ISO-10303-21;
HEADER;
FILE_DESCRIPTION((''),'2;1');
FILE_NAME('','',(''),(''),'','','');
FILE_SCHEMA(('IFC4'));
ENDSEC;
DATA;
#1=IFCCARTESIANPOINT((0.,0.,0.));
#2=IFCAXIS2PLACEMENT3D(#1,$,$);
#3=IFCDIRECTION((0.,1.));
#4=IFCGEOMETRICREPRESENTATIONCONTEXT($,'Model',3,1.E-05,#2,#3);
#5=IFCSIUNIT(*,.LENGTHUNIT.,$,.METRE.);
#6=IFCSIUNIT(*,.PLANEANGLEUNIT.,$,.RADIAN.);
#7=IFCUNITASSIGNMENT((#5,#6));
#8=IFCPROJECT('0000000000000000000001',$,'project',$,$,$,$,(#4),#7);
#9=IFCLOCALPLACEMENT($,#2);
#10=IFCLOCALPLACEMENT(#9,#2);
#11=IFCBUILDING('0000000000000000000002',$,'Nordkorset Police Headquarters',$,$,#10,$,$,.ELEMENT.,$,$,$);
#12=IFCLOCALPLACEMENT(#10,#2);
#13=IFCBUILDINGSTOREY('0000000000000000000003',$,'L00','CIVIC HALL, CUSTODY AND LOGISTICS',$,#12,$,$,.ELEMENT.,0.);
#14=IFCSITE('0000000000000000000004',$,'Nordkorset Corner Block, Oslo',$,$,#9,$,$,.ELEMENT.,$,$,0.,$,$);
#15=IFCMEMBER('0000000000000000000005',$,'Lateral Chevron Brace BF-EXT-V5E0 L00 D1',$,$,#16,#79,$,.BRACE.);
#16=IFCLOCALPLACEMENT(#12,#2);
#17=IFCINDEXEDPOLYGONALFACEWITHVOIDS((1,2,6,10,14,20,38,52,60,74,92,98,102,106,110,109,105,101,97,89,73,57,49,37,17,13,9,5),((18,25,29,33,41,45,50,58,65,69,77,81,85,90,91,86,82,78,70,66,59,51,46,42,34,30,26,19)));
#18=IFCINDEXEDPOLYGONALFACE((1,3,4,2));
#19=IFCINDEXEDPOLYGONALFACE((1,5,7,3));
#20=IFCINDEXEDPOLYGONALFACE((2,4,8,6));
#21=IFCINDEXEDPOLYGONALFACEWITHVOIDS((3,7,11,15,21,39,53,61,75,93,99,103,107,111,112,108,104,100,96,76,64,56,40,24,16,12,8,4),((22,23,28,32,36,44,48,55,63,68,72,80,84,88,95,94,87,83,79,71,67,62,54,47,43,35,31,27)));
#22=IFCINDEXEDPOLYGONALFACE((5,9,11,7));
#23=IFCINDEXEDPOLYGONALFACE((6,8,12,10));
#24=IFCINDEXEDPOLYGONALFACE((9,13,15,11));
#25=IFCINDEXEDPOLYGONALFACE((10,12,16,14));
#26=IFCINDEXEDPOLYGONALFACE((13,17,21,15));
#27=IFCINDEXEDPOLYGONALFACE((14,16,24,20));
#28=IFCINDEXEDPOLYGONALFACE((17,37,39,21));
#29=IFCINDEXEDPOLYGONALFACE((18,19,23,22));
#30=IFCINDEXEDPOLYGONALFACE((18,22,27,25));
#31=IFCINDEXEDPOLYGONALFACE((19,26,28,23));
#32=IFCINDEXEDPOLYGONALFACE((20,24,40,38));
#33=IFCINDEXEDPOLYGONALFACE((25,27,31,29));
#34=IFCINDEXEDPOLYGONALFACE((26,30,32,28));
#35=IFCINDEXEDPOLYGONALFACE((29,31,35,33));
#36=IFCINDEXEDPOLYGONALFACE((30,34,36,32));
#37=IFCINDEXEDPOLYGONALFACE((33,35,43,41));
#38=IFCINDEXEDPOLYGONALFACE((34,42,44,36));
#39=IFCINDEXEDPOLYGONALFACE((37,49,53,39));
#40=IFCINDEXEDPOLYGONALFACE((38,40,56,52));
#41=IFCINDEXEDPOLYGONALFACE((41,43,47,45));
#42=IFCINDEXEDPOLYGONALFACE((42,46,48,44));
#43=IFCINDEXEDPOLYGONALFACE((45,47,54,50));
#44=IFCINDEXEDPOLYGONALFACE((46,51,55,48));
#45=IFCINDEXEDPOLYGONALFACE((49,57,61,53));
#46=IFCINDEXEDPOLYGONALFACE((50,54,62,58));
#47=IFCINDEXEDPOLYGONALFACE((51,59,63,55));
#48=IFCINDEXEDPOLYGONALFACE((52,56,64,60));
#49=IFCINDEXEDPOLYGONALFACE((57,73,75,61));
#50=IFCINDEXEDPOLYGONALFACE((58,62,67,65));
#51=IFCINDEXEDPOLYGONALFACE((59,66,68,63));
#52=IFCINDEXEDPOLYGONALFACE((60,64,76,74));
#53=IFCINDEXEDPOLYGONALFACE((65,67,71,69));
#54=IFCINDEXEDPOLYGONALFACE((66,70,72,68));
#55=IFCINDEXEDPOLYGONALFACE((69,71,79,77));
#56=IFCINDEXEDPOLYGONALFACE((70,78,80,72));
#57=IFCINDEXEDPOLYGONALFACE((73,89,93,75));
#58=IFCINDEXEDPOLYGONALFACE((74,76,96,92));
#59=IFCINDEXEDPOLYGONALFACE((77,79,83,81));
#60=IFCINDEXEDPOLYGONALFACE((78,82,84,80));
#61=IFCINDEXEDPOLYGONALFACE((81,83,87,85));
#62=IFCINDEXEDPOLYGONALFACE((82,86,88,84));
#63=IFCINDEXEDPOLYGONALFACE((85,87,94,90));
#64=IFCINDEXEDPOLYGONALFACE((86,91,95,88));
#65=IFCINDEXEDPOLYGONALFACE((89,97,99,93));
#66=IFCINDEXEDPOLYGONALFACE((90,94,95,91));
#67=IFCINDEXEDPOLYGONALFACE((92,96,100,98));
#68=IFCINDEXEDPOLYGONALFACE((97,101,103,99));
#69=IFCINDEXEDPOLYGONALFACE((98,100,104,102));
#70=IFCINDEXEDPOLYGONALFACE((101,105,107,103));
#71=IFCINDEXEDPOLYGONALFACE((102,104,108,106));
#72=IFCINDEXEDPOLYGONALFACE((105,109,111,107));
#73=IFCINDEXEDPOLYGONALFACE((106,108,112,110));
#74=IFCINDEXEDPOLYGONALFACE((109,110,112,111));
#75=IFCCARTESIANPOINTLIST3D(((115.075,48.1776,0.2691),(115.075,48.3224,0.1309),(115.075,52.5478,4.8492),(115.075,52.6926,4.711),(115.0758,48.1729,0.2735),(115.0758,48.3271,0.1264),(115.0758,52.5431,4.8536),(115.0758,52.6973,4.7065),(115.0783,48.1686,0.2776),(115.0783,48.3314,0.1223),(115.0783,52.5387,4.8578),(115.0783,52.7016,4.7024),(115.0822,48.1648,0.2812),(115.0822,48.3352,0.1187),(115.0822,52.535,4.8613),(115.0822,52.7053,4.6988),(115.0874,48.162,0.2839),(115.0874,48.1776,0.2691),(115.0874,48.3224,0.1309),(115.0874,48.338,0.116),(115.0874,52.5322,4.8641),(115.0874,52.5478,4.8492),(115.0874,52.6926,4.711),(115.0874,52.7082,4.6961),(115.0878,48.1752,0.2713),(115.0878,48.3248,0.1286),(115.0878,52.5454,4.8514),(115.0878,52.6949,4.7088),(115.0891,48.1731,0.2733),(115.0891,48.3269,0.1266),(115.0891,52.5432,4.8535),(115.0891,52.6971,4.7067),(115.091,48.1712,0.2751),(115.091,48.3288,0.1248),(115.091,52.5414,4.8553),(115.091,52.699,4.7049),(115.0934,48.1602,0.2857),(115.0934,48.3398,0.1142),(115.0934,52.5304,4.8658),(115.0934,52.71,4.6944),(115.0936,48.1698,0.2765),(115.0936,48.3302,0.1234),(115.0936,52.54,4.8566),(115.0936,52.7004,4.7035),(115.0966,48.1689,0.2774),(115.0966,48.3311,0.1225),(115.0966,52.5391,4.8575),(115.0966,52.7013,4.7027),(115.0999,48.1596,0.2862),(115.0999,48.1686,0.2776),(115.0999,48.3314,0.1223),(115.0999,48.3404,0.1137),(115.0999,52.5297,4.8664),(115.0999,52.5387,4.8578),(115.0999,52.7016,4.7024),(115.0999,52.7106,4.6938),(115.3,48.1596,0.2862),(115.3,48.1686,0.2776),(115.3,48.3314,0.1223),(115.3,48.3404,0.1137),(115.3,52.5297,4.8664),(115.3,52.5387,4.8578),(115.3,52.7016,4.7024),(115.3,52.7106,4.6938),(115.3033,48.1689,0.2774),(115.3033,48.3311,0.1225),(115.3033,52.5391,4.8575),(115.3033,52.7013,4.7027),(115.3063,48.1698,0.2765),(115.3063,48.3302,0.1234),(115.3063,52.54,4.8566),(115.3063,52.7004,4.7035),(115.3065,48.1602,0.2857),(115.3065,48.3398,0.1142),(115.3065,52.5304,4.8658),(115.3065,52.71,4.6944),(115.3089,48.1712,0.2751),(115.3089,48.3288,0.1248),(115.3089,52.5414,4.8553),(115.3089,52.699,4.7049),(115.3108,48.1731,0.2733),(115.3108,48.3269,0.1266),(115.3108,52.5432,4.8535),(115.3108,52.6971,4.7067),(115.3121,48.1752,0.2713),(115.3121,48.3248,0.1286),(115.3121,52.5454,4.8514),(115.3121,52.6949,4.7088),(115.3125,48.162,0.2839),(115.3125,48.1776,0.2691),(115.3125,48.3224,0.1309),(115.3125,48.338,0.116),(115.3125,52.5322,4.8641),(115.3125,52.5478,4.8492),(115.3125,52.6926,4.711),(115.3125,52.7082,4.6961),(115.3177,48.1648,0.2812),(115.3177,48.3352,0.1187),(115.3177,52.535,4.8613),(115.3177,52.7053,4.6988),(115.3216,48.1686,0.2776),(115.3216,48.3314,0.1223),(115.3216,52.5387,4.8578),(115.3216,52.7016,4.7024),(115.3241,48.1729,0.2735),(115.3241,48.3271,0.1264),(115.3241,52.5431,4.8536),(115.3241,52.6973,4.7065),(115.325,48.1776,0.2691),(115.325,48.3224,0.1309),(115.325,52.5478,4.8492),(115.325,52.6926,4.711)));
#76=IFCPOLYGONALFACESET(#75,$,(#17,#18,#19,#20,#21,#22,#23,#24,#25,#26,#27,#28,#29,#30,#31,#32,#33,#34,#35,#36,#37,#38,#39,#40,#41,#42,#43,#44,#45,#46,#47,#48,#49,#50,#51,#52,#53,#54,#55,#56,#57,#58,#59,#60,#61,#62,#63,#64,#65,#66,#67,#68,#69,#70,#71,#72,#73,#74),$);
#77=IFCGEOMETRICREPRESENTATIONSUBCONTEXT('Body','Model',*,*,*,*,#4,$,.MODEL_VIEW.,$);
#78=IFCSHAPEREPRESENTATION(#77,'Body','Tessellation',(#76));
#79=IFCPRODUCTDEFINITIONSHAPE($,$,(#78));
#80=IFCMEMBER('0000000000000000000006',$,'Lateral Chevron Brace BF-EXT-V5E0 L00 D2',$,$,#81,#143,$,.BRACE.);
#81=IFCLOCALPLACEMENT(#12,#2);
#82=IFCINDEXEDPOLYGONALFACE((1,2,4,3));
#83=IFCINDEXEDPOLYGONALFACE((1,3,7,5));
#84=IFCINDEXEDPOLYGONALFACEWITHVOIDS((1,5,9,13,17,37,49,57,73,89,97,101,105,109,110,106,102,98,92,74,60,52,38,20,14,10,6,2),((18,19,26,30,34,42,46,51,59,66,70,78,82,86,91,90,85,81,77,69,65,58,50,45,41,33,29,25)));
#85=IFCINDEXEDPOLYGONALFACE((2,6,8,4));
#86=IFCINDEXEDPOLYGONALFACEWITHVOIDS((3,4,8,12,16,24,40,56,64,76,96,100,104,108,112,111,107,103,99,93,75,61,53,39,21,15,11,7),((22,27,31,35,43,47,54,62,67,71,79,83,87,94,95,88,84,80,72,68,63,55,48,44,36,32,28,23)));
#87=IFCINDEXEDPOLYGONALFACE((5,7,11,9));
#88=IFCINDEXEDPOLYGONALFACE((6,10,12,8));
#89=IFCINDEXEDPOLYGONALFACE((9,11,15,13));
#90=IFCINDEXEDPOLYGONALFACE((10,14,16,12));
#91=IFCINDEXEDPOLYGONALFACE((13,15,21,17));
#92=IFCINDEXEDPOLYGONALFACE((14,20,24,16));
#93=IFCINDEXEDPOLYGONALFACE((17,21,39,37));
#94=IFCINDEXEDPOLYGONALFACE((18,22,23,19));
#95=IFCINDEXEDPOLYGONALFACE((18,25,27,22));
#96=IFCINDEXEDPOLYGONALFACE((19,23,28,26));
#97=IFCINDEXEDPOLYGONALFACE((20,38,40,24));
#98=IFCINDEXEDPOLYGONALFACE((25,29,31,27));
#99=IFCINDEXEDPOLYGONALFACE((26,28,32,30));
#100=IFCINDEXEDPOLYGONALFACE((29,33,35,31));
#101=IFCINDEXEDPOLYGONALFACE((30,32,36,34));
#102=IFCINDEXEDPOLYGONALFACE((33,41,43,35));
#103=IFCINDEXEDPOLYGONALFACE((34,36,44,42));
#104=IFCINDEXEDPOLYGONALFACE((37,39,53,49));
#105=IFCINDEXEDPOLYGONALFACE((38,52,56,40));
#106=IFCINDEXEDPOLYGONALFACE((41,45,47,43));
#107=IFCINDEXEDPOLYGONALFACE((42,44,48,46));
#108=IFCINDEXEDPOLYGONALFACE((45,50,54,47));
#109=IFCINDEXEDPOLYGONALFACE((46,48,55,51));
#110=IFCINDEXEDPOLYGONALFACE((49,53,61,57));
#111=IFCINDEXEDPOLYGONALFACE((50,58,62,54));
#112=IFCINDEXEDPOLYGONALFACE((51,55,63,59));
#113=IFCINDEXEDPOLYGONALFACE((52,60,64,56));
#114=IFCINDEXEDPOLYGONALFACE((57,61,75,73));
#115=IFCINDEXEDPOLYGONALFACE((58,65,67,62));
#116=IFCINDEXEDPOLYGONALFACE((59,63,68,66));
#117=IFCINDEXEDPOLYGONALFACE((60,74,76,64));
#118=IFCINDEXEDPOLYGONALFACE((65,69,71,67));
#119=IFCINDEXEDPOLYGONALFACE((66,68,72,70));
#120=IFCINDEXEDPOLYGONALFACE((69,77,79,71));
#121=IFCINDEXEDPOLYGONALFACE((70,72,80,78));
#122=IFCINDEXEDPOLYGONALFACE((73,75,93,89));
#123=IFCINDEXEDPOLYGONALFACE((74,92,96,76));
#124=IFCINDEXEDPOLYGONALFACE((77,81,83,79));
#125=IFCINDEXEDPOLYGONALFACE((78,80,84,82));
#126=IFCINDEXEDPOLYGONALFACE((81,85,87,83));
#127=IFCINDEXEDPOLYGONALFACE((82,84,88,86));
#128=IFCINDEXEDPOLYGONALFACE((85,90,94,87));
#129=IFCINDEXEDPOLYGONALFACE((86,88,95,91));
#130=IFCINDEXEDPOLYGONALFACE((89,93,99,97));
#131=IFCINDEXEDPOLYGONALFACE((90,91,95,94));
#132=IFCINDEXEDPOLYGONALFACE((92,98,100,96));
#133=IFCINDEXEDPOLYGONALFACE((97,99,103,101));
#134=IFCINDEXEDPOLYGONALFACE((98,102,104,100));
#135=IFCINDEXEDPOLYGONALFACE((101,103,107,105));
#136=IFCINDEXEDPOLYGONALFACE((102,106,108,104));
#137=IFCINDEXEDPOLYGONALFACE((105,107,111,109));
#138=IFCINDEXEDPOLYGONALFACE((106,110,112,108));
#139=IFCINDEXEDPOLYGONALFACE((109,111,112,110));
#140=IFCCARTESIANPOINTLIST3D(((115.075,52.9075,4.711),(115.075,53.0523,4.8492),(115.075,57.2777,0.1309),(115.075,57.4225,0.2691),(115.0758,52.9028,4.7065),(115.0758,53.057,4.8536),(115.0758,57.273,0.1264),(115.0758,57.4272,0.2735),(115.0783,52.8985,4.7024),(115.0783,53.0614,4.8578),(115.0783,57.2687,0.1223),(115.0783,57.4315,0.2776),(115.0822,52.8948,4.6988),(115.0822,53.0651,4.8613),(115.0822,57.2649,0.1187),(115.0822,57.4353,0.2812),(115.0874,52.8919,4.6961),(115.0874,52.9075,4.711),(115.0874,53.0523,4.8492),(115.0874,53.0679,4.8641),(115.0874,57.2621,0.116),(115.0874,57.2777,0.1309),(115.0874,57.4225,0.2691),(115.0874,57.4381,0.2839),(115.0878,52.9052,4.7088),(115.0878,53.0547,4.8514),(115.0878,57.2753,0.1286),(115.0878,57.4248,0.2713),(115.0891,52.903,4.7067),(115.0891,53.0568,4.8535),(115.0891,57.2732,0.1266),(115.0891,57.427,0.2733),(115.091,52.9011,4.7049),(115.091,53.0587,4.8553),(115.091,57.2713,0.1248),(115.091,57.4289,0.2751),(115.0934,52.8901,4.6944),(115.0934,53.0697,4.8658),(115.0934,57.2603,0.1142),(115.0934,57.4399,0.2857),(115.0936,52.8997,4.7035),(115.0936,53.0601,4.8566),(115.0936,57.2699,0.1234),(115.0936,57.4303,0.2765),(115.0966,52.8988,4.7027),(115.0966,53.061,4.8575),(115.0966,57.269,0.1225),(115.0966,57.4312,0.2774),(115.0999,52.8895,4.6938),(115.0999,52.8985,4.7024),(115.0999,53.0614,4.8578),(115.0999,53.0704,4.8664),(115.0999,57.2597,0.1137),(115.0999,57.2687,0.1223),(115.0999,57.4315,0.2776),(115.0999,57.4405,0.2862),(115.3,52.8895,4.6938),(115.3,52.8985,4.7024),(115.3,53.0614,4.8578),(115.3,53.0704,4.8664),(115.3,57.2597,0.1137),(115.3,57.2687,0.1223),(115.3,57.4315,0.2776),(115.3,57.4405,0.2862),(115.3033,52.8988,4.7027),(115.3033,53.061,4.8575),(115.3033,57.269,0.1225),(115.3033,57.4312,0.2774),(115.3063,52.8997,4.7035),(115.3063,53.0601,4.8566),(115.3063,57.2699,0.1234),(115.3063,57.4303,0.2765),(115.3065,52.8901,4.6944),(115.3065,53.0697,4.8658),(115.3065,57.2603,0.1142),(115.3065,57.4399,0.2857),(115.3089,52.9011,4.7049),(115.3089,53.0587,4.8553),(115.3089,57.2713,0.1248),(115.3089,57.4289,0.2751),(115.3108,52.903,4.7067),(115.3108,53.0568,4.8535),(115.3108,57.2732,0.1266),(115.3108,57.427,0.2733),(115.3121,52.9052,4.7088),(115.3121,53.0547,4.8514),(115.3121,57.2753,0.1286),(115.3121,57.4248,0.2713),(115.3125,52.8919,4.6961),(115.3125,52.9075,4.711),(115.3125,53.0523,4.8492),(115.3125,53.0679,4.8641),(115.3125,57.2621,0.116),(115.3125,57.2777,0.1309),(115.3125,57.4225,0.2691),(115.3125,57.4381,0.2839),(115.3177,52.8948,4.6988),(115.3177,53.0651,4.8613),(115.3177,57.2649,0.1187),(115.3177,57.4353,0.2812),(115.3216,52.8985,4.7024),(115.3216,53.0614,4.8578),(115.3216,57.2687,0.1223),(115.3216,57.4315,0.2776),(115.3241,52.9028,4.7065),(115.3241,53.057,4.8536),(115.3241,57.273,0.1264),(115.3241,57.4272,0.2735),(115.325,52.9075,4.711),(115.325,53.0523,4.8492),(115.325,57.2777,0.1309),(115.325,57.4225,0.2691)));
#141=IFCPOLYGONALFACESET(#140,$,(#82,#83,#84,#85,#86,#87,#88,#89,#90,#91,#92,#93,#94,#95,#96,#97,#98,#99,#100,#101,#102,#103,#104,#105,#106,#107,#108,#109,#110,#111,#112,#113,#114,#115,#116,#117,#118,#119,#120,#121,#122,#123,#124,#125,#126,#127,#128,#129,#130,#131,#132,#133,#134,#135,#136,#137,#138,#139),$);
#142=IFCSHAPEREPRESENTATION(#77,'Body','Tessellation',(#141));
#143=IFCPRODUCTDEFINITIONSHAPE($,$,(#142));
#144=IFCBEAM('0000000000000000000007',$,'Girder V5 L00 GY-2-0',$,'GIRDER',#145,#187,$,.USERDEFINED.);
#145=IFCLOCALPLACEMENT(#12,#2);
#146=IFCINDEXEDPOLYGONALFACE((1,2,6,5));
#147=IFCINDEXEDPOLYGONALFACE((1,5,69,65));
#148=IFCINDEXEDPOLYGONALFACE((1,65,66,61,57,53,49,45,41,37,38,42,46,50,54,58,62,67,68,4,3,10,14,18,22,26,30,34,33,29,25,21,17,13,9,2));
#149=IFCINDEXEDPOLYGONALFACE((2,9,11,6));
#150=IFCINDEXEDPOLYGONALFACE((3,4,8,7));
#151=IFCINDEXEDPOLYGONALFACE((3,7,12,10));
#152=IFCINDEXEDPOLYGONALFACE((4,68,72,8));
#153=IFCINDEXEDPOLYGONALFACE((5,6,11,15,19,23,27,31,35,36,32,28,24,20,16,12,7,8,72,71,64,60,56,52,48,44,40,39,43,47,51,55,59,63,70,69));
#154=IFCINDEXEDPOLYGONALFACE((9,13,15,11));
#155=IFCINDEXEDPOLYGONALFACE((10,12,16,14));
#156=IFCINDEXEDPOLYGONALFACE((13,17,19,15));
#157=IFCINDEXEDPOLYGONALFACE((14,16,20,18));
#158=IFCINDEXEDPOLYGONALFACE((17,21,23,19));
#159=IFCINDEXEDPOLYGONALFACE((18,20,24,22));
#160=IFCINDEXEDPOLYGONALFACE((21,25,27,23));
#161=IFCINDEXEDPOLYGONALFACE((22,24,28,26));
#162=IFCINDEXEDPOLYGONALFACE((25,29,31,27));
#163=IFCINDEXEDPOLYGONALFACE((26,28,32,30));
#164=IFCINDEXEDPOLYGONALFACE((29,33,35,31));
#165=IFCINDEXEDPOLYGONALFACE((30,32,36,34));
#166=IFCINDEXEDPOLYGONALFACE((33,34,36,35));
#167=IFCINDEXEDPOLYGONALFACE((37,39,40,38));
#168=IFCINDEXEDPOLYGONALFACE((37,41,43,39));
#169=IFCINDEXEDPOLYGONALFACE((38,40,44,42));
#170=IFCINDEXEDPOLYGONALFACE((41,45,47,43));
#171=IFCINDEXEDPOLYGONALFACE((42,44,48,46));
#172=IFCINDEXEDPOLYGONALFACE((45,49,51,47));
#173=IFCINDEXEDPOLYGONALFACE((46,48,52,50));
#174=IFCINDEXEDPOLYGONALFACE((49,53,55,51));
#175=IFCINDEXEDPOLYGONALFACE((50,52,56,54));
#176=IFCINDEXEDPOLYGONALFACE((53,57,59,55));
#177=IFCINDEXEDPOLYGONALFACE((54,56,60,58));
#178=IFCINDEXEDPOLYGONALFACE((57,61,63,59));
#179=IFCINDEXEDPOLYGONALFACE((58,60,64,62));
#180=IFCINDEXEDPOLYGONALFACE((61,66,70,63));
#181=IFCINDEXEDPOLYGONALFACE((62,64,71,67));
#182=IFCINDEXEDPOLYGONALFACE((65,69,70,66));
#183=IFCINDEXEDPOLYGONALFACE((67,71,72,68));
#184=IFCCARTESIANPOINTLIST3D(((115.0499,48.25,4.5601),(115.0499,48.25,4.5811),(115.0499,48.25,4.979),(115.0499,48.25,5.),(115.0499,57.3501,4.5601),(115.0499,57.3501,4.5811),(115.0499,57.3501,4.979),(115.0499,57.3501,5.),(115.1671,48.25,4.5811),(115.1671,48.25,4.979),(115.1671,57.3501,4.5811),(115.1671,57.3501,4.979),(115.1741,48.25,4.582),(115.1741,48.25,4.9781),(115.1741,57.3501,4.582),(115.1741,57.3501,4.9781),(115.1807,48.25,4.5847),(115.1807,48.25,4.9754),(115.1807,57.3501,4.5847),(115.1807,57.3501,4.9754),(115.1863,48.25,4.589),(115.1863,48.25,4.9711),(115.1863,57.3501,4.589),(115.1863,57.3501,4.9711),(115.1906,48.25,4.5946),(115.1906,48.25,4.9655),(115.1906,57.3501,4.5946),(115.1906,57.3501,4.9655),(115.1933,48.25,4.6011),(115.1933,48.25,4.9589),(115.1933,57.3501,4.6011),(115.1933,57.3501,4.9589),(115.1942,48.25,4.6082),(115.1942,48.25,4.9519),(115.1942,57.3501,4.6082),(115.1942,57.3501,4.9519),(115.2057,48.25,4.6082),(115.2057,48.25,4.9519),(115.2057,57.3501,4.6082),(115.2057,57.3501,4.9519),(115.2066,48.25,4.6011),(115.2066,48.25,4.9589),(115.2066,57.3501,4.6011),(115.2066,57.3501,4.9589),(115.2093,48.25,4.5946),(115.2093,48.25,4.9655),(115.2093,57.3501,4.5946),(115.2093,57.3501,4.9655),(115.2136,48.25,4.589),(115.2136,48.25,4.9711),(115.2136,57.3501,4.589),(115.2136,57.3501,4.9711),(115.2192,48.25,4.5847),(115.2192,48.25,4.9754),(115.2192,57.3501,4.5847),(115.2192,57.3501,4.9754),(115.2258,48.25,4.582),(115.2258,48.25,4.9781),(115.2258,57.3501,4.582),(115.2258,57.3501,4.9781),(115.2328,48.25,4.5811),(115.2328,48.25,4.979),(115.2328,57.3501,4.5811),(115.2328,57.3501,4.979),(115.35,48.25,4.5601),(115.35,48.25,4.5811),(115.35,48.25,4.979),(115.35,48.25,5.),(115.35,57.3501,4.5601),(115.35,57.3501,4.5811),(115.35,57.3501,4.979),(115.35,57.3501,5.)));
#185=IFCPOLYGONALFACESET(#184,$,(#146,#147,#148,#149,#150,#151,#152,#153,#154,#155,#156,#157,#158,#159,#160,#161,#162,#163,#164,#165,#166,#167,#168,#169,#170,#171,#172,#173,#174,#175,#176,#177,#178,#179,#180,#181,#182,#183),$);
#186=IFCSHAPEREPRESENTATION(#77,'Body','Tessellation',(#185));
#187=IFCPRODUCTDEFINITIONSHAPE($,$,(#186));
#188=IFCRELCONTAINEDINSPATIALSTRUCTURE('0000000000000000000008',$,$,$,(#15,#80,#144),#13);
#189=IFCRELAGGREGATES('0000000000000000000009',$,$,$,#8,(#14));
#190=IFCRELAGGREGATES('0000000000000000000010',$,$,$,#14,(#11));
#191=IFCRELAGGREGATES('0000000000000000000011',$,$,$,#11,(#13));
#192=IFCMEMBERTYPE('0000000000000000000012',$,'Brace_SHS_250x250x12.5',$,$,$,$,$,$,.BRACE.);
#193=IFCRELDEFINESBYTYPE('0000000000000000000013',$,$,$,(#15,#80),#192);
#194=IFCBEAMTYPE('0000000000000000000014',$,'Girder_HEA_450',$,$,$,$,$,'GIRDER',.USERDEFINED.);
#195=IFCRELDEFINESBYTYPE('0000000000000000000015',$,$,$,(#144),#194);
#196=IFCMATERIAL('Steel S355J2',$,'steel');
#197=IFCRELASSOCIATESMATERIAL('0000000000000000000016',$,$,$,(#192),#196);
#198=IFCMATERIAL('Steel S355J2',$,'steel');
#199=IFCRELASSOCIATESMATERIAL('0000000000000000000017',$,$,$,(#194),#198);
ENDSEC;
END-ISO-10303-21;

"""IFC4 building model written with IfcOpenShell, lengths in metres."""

from ifc_helpers import new_model, si_unit, direction, frame, origin, origin_2d, place, context, subcontext, project, spatial, hollow_rectangle, i_section, extrude, material, material_profile, profile_set, type_object, element, save


model = new_model("IFC4")

# Units and contexts
model_context = context("Model", 3, precision=1e-05, world=origin(), true_north=direction((0.0, 1.0)))
body_context = subcontext(model_context, "Body", "Model", "MODEL_VIEW")
ifc_project = project(units=[si_unit("LENGTHUNIT", "METRE"), si_unit("PLANEANGLEUNIT", "RADIAN")], contexts=[model_context])

# Site, building, storey
site_placement = place(None, origin())
site = spatial("IfcSite", under=ifc_project, at=site_placement, Name="Nordkorset Corner Block, Oslo", CompositionType="ELEMENT", RefElevation=0.0)
building_placement = place(site_placement, origin())
building = spatial("IfcBuilding", under=site, at=building_placement, Name="Nordkorset Police Headquarters", CompositionType="ELEMENT")
storey_placement = place(building_placement, origin())
storey = spatial("IfcBuildingStorey", under=building, at=storey_placement, Name="L00", Description="CIVIC HALL, CUSTODY AND LOGISTICS", CompositionType="ELEMENT", Elevation=0.0)

# Members
ifc_material_1 = material(Name="Steel S355J2", Category="steel")
ifc_material_profile_1 = material_profile(ifc_material_1, hollow_rectangle(XDim=0.25, YDim=0.25, WallThickness=0.0125, InnerFilletRadius=0.0125, OuterFilletRadius=0.0249, at=origin_2d()), Name="SHS 250x250x12.5")
ifc_profile_set_1 = profile_set([ifc_material_profile_1], Name="Steel S355J2")
member_type = type_object("IfcMemberType", Name="Brace_SHS_250x250x12.5", PredefinedType="BRACE", material=ifc_profile_set_1)
for number, where, z_axis, x_axis, name in (
    (1, (115.2, 48.25, 0.2), (0.0, 0.690329, 0.723496), (-1.0, 0.0, 0.0), "Lateral Chevron Brace BF-EXT-V5E0 L00 D1"),
    (2, (115.2, 57.3501, 0.2), (0.0, -0.690329, 0.723496), (1.0, 0.0, 0.0), "Lateral Chevron Brace BF-EXT-V5E0 L00 D2"),
):
    element("IfcMember", number, at=place(storey_placement, frame(where, z_axis=z_axis, x_axis=x_axis)), inside=storey, type_object=member_type, Name=name, PredefinedType="BRACE", context=body_context, shape_type="SweptSolid", body=[
        extrude(hollow_rectangle(XDim=0.25, YDim=0.25, WallThickness=0.0125, InnerFilletRadius=0.0125, OuterFilletRadius=0.0249, at=origin_2d()), origin(), (0.0, 0.0, 1.0), 6.3306),
    ])

# Beam
ifc_material_2 = material(Name="Steel S355J2", Category="steel")
ifc_material_profile_2 = material_profile(ifc_material_2, i_section(OverallWidth=0.3, OverallDepth=0.4399, WebThickness=0.0115, FlangeThickness=0.021, FilletRadius=0.0271, at=origin_2d()), Name="HEA 450")
ifc_profile_set_2 = profile_set([ifc_material_profile_2], Name="Steel S355J2")
beam_type = type_object("IfcBeamType", Name="Girder_HEA_450", ElementType="GIRDER", PredefinedType="USERDEFINED", material=ifc_profile_set_2)
beam_1_placement = place(storey_placement, frame((115.2, 48.25, 4.78), z_axis=(0.0, 1.0, 0.0), x_axis=(-1.0, 0.0, 0.0)))
element("IfcBeam", 3, at=beam_1_placement, inside=storey, type_object=beam_type, Name="Girder V5 L00 GY-2-0", ObjectType="GIRDER", PredefinedType="USERDEFINED", context=body_context, shape_type="SweptSolid", body=[
    extrude(i_section(OverallWidth=0.3, OverallDepth=0.4399, WebThickness=0.0115, FlangeThickness=0.021, FilletRadius=0.0271, at=origin_2d()), origin(), (0.0, 0.0, 1.0), 9.1001),
])

save(model, "model.ifc")
